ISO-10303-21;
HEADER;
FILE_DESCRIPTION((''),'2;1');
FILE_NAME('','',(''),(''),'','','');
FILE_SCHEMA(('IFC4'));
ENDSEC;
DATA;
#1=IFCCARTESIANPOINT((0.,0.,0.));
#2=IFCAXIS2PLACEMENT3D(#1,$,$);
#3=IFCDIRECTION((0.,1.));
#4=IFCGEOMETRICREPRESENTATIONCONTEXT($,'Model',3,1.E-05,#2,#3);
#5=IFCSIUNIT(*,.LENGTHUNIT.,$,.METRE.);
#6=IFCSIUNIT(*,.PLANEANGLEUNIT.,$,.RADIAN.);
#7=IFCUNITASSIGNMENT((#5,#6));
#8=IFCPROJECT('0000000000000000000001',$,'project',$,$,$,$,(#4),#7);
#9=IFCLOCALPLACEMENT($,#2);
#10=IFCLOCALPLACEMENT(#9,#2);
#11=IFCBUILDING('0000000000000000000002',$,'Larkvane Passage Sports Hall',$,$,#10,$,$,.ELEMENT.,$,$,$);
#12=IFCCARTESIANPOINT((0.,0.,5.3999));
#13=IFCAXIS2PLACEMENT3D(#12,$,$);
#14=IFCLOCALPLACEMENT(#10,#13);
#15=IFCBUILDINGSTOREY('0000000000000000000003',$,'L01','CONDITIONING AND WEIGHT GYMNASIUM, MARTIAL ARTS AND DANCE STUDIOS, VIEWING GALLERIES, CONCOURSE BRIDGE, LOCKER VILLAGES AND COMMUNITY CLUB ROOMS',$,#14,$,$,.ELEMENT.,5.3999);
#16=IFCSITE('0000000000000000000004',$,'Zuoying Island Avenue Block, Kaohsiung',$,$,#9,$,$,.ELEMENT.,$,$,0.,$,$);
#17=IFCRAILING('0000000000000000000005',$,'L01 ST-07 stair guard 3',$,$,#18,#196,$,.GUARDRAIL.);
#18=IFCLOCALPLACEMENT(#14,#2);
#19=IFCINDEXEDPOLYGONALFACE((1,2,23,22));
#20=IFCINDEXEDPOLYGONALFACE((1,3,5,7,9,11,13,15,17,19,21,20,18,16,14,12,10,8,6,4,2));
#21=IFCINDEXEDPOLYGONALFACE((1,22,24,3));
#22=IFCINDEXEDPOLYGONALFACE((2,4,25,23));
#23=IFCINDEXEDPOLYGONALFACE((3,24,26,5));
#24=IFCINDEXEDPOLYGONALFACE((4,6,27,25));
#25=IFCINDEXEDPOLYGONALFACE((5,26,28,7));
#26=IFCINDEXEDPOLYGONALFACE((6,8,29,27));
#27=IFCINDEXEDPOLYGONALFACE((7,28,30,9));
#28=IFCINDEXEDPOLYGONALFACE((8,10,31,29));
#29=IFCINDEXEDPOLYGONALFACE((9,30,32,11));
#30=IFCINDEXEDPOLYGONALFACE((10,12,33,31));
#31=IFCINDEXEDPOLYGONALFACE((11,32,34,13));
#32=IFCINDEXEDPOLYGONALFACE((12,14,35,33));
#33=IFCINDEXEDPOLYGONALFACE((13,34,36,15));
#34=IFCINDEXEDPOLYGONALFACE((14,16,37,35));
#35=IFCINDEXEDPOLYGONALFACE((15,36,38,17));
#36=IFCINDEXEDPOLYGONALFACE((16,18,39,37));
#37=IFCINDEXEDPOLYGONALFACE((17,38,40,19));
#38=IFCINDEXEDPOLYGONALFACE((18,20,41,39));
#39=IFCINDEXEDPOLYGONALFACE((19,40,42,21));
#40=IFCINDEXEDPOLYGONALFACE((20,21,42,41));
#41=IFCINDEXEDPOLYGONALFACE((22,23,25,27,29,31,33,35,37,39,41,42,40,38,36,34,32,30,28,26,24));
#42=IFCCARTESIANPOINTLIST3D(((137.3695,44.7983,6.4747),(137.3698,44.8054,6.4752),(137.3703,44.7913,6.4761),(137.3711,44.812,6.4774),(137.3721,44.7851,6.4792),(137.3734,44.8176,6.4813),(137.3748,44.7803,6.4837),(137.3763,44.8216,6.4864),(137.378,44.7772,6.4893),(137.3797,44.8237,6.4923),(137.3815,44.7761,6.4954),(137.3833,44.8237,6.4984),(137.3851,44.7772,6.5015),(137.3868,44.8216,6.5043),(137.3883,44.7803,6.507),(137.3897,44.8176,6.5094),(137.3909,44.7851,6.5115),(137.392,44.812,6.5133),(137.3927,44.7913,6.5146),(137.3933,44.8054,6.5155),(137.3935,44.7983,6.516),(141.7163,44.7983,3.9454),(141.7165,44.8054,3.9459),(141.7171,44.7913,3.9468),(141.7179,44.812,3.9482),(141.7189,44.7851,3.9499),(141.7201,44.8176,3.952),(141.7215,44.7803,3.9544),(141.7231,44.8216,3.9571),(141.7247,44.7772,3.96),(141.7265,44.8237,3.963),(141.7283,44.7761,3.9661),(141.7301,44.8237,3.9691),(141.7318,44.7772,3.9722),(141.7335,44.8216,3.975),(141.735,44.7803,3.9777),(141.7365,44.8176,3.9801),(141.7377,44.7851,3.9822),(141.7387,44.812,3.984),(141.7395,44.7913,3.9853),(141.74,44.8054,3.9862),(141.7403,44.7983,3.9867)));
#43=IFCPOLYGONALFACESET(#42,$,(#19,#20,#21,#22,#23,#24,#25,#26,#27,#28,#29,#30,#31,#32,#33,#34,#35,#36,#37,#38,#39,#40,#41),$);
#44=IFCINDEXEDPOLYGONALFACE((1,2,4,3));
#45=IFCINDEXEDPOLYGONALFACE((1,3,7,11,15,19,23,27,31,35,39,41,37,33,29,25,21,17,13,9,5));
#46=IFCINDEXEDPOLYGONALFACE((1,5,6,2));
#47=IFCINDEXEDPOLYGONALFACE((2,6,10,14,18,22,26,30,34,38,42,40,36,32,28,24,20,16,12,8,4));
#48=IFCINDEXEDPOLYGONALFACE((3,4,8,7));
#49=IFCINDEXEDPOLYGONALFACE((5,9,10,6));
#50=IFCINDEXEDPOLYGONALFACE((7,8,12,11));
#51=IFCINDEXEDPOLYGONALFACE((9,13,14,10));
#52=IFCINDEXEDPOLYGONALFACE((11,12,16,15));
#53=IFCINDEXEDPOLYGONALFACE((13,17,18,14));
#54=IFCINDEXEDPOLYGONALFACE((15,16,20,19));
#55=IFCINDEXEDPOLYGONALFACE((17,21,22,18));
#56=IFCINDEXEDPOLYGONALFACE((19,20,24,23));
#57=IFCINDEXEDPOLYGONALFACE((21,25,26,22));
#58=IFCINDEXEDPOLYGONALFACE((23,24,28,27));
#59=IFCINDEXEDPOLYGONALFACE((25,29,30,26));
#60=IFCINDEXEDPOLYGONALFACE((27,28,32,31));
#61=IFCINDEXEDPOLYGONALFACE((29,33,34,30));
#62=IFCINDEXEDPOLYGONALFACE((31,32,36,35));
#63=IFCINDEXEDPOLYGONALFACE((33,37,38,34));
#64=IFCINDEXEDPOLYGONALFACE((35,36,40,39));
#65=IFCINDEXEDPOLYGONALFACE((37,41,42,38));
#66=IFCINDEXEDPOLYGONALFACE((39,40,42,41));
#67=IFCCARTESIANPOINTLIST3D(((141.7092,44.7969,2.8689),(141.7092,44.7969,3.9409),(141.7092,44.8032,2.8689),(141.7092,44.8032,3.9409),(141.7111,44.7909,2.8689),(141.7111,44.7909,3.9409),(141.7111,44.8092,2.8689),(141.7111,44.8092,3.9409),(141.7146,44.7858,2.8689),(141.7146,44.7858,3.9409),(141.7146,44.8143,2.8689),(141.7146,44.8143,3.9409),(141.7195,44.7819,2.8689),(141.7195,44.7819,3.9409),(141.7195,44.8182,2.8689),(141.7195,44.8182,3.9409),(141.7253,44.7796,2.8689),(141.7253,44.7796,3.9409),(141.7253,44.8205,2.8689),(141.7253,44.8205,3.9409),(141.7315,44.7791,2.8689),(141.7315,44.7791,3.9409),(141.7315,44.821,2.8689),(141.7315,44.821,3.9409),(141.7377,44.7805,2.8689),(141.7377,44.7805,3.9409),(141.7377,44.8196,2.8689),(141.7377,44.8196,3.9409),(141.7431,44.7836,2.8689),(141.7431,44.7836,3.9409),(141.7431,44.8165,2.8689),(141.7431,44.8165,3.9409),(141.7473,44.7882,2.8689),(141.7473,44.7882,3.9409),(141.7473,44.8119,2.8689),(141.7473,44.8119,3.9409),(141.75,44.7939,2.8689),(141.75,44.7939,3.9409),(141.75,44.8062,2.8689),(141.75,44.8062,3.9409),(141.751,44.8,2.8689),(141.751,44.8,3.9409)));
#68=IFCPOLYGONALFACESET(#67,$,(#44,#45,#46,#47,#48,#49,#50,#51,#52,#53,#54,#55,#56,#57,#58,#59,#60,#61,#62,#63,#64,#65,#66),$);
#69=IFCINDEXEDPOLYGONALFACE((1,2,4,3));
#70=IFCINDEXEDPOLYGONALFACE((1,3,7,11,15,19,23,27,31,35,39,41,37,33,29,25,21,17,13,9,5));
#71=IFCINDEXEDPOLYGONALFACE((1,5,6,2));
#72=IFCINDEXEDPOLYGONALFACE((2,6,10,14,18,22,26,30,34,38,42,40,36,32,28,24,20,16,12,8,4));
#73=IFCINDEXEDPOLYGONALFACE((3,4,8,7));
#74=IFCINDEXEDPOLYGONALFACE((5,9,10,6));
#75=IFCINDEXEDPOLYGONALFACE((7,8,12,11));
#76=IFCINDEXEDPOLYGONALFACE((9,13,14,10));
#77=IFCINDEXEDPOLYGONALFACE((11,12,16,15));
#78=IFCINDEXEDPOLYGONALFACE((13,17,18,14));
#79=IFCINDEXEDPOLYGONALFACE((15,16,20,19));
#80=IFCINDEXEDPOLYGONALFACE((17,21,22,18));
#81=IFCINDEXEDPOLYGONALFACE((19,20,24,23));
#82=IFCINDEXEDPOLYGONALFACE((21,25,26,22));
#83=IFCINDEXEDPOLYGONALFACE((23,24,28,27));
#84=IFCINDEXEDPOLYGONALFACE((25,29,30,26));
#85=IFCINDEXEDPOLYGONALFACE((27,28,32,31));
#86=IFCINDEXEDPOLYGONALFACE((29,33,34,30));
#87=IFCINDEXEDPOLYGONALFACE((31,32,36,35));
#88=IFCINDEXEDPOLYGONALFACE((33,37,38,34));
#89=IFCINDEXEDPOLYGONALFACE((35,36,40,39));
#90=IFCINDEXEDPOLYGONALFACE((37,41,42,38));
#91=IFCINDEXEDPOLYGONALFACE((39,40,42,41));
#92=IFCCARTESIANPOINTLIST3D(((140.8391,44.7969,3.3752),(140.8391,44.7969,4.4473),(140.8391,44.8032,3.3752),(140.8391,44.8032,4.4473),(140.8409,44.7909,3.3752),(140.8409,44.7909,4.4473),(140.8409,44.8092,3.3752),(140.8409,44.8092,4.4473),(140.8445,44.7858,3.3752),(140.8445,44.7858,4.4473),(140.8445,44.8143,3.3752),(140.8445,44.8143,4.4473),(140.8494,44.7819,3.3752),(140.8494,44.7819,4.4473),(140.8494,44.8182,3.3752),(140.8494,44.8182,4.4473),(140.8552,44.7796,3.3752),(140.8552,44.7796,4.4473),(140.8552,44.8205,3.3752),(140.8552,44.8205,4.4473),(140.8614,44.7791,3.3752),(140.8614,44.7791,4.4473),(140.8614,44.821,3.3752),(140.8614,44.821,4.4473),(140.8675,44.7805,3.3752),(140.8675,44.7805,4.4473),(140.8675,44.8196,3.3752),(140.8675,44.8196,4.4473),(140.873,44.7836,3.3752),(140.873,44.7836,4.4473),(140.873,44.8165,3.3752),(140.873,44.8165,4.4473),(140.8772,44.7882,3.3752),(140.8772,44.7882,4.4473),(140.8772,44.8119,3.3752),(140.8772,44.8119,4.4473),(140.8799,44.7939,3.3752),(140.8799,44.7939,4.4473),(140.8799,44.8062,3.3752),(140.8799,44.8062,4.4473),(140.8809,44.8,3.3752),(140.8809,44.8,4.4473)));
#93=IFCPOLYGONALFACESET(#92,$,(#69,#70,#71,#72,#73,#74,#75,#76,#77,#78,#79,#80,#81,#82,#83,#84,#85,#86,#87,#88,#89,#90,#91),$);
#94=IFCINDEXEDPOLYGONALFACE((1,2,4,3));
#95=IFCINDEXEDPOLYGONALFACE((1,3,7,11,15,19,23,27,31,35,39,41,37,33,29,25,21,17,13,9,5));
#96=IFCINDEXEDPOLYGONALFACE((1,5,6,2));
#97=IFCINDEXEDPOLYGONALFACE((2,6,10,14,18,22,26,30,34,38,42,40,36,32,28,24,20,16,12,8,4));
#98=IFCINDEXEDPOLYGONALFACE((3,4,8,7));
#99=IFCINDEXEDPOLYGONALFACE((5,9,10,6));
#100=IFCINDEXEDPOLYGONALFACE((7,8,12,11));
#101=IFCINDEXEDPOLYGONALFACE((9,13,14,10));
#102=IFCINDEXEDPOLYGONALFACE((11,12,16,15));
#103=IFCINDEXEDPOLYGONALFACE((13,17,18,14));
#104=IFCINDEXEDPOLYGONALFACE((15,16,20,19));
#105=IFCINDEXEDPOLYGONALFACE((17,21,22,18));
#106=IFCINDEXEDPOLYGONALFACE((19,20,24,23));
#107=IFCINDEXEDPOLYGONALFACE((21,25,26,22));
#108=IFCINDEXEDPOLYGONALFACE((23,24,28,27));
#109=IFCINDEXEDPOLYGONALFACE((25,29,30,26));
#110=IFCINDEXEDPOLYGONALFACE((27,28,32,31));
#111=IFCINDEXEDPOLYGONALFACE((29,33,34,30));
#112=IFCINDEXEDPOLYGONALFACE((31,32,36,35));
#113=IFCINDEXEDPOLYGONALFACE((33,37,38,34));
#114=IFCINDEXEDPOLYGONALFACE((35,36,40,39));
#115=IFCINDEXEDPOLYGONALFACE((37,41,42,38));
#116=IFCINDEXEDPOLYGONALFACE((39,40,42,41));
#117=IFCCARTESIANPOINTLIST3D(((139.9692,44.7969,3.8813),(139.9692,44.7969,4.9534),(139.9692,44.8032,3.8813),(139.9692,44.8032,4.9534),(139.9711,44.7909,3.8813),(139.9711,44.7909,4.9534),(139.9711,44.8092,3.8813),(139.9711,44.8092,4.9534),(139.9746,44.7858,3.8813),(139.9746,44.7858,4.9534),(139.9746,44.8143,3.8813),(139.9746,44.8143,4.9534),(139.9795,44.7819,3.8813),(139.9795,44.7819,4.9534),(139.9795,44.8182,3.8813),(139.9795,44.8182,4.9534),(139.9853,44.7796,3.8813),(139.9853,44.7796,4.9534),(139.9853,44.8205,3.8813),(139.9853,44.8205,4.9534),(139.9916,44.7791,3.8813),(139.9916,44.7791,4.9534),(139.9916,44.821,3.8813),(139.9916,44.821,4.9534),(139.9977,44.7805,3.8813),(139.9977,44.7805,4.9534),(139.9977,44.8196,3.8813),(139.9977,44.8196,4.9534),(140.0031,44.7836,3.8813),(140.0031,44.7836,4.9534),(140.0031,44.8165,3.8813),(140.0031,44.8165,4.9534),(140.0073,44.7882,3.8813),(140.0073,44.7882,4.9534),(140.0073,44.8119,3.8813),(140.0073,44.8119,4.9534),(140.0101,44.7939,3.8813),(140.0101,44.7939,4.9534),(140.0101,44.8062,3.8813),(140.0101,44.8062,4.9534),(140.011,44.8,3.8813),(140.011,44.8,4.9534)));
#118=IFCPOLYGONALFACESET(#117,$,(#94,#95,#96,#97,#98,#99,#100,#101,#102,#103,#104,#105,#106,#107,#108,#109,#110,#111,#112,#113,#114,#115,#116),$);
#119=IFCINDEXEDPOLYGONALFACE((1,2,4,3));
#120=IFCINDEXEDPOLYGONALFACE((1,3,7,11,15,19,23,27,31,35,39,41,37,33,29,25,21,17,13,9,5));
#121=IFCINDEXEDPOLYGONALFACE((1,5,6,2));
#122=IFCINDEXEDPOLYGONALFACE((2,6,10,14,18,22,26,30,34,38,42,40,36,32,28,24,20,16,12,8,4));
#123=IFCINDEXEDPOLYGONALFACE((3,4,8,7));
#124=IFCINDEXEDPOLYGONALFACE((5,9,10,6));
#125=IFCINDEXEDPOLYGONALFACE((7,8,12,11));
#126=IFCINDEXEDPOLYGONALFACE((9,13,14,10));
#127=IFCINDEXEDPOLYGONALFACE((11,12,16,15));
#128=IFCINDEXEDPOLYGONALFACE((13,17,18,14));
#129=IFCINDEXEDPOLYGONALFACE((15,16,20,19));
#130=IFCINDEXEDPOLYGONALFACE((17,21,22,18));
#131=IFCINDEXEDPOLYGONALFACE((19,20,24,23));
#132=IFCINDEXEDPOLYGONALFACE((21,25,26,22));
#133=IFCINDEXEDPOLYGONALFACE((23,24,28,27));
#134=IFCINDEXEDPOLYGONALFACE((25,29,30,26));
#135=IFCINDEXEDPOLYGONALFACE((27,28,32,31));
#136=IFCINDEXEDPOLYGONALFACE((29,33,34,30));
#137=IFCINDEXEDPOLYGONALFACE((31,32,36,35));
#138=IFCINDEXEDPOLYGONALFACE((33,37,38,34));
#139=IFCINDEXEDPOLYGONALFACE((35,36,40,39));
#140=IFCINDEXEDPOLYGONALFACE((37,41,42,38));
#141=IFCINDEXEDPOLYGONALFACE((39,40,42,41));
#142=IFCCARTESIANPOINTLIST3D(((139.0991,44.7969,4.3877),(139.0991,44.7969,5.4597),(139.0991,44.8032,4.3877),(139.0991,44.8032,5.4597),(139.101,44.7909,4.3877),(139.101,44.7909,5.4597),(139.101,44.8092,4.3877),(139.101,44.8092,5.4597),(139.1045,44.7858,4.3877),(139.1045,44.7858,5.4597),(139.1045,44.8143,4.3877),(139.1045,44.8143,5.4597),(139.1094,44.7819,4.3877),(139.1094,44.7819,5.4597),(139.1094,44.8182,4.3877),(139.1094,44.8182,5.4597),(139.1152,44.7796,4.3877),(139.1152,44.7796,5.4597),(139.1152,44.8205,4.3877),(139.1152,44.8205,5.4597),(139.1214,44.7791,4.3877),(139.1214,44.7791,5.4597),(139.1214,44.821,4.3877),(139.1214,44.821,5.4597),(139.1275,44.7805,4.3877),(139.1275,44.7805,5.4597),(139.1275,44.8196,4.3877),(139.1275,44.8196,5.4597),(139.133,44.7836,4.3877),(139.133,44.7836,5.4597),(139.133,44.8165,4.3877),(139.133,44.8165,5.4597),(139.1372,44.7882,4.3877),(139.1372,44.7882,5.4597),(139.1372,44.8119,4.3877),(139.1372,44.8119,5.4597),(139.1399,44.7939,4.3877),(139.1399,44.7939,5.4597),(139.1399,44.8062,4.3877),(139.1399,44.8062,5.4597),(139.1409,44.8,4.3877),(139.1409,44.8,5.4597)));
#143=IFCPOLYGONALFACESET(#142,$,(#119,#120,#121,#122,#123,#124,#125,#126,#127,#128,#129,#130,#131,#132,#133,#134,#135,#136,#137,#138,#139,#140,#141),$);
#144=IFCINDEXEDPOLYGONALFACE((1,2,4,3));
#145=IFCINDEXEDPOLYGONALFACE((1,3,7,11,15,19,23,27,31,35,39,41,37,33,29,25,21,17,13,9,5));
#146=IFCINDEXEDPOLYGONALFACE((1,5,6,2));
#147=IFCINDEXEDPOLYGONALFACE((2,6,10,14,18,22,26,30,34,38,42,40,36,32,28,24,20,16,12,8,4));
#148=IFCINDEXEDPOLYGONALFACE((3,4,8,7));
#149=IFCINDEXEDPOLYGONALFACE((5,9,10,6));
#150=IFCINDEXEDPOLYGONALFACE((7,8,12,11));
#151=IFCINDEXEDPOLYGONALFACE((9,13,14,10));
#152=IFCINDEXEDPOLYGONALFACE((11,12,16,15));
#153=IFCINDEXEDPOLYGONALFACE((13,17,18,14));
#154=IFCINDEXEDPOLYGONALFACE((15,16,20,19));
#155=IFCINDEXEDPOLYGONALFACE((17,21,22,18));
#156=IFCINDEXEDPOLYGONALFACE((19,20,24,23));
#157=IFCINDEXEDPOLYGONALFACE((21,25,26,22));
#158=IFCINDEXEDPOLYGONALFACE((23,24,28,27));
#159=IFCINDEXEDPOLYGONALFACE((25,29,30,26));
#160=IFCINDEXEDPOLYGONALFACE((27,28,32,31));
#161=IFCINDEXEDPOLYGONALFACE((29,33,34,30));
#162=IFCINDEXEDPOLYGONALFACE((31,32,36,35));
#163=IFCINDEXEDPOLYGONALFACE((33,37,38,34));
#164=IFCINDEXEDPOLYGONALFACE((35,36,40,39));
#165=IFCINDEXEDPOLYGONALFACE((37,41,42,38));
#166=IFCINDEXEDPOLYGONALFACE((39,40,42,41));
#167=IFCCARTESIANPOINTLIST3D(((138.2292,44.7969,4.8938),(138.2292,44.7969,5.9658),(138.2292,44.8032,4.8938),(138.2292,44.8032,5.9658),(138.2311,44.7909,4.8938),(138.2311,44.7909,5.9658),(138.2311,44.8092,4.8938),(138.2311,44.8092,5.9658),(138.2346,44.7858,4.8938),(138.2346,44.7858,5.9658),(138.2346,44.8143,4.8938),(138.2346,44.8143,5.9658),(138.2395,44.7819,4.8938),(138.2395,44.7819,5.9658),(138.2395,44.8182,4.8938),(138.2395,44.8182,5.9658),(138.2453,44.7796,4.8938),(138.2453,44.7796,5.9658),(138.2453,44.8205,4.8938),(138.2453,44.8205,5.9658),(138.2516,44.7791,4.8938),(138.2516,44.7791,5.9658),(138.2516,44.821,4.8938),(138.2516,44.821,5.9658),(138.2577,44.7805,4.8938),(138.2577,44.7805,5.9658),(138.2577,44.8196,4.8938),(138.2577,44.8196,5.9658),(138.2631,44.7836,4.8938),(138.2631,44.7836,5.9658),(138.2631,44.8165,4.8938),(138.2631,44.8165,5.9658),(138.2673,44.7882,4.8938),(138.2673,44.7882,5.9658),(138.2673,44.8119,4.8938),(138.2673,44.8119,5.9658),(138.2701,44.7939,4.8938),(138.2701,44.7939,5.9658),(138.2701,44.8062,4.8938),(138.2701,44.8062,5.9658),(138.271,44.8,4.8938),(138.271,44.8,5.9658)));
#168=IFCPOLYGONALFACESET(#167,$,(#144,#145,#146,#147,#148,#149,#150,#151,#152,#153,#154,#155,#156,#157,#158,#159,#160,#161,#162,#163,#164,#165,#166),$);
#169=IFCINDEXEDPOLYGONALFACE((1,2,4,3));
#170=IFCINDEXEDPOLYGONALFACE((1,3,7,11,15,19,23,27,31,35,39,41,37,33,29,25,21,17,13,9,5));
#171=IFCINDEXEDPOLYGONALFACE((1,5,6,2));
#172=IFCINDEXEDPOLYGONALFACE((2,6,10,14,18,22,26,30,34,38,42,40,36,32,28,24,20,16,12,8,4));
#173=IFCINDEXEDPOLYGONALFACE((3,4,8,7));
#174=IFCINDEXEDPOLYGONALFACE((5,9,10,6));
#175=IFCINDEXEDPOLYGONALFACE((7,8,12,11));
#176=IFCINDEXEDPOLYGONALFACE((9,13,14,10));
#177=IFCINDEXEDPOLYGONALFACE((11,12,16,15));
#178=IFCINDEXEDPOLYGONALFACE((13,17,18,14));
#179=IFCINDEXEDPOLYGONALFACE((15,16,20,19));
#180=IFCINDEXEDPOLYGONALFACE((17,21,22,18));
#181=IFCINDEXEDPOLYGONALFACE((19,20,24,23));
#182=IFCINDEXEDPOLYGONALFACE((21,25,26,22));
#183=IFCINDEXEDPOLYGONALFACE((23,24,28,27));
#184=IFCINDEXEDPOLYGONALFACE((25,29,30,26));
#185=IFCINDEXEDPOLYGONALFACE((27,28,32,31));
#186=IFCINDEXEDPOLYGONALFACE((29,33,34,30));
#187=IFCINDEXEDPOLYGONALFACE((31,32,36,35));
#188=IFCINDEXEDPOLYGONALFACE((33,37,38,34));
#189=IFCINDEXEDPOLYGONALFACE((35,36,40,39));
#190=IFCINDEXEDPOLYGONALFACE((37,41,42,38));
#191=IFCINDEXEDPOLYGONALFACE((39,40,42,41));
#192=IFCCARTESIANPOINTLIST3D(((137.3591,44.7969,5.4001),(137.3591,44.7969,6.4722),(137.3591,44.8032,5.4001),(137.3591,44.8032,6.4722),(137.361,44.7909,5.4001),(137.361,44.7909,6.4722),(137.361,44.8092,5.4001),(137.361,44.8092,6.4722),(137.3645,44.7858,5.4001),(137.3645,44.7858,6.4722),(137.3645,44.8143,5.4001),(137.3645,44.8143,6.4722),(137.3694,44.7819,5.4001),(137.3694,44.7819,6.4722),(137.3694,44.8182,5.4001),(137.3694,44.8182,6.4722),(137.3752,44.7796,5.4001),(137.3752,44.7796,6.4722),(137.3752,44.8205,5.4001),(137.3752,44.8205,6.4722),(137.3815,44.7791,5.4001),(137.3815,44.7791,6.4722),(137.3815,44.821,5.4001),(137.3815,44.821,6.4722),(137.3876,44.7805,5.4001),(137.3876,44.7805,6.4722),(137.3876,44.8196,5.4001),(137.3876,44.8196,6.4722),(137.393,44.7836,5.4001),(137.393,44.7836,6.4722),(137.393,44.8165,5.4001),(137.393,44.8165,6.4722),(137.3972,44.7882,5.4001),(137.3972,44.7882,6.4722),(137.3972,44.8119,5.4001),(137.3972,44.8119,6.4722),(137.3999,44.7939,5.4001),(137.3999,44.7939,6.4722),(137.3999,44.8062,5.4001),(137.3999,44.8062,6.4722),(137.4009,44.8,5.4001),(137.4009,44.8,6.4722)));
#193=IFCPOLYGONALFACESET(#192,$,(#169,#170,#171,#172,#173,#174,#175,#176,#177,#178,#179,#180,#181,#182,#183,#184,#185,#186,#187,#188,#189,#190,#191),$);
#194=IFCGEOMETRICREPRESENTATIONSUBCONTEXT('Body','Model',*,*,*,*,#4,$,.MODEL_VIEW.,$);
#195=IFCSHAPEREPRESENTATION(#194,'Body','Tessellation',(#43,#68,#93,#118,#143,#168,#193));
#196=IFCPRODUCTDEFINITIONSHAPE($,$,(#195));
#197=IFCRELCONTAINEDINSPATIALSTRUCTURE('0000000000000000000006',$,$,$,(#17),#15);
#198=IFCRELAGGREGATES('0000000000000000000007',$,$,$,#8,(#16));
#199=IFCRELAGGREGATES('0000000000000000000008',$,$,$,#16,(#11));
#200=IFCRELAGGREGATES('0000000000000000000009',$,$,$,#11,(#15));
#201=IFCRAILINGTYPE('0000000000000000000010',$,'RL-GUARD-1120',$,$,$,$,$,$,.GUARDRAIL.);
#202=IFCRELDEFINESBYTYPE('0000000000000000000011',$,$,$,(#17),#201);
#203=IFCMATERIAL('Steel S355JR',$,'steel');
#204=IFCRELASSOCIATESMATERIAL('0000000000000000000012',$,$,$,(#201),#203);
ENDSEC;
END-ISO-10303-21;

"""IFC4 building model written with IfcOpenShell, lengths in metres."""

from ifc_helpers import new_model, si_unit, direction, frame, origin, origin_2d, place, context, subcontext, project, spatial, circle, extrude, material, type_object, element, save


model = new_model("IFC4")

# Units and contexts
model_context = context("Model", 3, precision=1e-05, world=origin(), true_north=direction((0.0, 1.0)))
body_context = subcontext(model_context, "Body", "Model", "MODEL_VIEW")
ifc_project = project(units=[si_unit("LENGTHUNIT", "METRE"), si_unit("PLANEANGLEUNIT", "RADIAN")], contexts=[model_context])

# Site, building, storey
site_placement = place(None, origin())
site = spatial("IfcSite", under=ifc_project, at=site_placement, Name="Zuoying Island Avenue Block, Kaohsiung", CompositionType="ELEMENT", RefElevation=0.0)
building_placement = place(site_placement, origin())
building = spatial("IfcBuilding", under=site, at=building_placement, Name="Larkvane Passage Sports Hall", CompositionType="ELEMENT")
storey_placement = place(building_placement, frame((0.0, 0.0, 5.3999)))
storey = spatial("IfcBuildingStorey", under=building, at=storey_placement, Name="L01", Description="CONDITIONING AND WEIGHT GYMNASIUM, MARTIAL ARTS AND DANCE STUDIOS, VIEWING GALLERIES, CONCOURSE BRIDGE, LOCKER VILLAGES AND COMMUNITY CLUB ROOMS", CompositionType="ELEMENT", Elevation=5.3999)

# Shared definitions
ifc_material_1 = material(Name="Steel S355JR", Category="steel")

# Railing
railing_type_1 = type_object("IfcRailingType", Name="RL-GUARD-1120", PredefinedType="GUARDRAIL", material=ifc_material_1)
railing_1_placement = place(storey_placement, frame((141.73, 44.8, 2.8689)))
element("IfcRailing", 1, at=railing_1_placement, inside=storey, type_object=railing_type_1, Name="L01 ST-07 stair guard 3", PredefinedType="GUARDRAIL", context=body_context, shape_type="SweptSolid", body=[
    extrude(circle(Radius=0.0239, at=origin_2d()), frame((-0.0017, 0.0, 1.0972), z_axis=(-0.864324, 0.0, 0.502936), x_axis=(0.0, -1.0, 0.0)), (0.0, 0.0, 1.0), 5.0291),
    extrude(circle(Radius=0.021, at=origin_2d()), origin(), (0.0, 0.0, 1.0), 1.072),
    extrude(circle(Radius=0.021, at=origin_2d()), frame((-0.8701, 0.0, 0.5063)), (0.0, 0.0, 1.0), 1.072),
    extrude(circle(Radius=0.021, at=origin_2d()), frame((-1.74, 0.0, 1.0125)), (0.0, 0.0, 1.0), 1.072),
    extrude(circle(Radius=0.021, at=origin_2d()), frame((-2.6101, 0.0, 1.5188)), (0.0, 0.0, 1.0), 1.072),
    extrude(circle(Radius=0.021, at=origin_2d()), frame((-3.48, 0.0, 2.0249)), (0.0, 0.0, 1.0), 1.072),
    extrude(circle(Radius=0.021, at=origin_2d()), frame((-4.3501, 0.0, 2.5312)), (0.0, 0.0, 1.0), 1.072),
])

save(model, "model.ifc")
